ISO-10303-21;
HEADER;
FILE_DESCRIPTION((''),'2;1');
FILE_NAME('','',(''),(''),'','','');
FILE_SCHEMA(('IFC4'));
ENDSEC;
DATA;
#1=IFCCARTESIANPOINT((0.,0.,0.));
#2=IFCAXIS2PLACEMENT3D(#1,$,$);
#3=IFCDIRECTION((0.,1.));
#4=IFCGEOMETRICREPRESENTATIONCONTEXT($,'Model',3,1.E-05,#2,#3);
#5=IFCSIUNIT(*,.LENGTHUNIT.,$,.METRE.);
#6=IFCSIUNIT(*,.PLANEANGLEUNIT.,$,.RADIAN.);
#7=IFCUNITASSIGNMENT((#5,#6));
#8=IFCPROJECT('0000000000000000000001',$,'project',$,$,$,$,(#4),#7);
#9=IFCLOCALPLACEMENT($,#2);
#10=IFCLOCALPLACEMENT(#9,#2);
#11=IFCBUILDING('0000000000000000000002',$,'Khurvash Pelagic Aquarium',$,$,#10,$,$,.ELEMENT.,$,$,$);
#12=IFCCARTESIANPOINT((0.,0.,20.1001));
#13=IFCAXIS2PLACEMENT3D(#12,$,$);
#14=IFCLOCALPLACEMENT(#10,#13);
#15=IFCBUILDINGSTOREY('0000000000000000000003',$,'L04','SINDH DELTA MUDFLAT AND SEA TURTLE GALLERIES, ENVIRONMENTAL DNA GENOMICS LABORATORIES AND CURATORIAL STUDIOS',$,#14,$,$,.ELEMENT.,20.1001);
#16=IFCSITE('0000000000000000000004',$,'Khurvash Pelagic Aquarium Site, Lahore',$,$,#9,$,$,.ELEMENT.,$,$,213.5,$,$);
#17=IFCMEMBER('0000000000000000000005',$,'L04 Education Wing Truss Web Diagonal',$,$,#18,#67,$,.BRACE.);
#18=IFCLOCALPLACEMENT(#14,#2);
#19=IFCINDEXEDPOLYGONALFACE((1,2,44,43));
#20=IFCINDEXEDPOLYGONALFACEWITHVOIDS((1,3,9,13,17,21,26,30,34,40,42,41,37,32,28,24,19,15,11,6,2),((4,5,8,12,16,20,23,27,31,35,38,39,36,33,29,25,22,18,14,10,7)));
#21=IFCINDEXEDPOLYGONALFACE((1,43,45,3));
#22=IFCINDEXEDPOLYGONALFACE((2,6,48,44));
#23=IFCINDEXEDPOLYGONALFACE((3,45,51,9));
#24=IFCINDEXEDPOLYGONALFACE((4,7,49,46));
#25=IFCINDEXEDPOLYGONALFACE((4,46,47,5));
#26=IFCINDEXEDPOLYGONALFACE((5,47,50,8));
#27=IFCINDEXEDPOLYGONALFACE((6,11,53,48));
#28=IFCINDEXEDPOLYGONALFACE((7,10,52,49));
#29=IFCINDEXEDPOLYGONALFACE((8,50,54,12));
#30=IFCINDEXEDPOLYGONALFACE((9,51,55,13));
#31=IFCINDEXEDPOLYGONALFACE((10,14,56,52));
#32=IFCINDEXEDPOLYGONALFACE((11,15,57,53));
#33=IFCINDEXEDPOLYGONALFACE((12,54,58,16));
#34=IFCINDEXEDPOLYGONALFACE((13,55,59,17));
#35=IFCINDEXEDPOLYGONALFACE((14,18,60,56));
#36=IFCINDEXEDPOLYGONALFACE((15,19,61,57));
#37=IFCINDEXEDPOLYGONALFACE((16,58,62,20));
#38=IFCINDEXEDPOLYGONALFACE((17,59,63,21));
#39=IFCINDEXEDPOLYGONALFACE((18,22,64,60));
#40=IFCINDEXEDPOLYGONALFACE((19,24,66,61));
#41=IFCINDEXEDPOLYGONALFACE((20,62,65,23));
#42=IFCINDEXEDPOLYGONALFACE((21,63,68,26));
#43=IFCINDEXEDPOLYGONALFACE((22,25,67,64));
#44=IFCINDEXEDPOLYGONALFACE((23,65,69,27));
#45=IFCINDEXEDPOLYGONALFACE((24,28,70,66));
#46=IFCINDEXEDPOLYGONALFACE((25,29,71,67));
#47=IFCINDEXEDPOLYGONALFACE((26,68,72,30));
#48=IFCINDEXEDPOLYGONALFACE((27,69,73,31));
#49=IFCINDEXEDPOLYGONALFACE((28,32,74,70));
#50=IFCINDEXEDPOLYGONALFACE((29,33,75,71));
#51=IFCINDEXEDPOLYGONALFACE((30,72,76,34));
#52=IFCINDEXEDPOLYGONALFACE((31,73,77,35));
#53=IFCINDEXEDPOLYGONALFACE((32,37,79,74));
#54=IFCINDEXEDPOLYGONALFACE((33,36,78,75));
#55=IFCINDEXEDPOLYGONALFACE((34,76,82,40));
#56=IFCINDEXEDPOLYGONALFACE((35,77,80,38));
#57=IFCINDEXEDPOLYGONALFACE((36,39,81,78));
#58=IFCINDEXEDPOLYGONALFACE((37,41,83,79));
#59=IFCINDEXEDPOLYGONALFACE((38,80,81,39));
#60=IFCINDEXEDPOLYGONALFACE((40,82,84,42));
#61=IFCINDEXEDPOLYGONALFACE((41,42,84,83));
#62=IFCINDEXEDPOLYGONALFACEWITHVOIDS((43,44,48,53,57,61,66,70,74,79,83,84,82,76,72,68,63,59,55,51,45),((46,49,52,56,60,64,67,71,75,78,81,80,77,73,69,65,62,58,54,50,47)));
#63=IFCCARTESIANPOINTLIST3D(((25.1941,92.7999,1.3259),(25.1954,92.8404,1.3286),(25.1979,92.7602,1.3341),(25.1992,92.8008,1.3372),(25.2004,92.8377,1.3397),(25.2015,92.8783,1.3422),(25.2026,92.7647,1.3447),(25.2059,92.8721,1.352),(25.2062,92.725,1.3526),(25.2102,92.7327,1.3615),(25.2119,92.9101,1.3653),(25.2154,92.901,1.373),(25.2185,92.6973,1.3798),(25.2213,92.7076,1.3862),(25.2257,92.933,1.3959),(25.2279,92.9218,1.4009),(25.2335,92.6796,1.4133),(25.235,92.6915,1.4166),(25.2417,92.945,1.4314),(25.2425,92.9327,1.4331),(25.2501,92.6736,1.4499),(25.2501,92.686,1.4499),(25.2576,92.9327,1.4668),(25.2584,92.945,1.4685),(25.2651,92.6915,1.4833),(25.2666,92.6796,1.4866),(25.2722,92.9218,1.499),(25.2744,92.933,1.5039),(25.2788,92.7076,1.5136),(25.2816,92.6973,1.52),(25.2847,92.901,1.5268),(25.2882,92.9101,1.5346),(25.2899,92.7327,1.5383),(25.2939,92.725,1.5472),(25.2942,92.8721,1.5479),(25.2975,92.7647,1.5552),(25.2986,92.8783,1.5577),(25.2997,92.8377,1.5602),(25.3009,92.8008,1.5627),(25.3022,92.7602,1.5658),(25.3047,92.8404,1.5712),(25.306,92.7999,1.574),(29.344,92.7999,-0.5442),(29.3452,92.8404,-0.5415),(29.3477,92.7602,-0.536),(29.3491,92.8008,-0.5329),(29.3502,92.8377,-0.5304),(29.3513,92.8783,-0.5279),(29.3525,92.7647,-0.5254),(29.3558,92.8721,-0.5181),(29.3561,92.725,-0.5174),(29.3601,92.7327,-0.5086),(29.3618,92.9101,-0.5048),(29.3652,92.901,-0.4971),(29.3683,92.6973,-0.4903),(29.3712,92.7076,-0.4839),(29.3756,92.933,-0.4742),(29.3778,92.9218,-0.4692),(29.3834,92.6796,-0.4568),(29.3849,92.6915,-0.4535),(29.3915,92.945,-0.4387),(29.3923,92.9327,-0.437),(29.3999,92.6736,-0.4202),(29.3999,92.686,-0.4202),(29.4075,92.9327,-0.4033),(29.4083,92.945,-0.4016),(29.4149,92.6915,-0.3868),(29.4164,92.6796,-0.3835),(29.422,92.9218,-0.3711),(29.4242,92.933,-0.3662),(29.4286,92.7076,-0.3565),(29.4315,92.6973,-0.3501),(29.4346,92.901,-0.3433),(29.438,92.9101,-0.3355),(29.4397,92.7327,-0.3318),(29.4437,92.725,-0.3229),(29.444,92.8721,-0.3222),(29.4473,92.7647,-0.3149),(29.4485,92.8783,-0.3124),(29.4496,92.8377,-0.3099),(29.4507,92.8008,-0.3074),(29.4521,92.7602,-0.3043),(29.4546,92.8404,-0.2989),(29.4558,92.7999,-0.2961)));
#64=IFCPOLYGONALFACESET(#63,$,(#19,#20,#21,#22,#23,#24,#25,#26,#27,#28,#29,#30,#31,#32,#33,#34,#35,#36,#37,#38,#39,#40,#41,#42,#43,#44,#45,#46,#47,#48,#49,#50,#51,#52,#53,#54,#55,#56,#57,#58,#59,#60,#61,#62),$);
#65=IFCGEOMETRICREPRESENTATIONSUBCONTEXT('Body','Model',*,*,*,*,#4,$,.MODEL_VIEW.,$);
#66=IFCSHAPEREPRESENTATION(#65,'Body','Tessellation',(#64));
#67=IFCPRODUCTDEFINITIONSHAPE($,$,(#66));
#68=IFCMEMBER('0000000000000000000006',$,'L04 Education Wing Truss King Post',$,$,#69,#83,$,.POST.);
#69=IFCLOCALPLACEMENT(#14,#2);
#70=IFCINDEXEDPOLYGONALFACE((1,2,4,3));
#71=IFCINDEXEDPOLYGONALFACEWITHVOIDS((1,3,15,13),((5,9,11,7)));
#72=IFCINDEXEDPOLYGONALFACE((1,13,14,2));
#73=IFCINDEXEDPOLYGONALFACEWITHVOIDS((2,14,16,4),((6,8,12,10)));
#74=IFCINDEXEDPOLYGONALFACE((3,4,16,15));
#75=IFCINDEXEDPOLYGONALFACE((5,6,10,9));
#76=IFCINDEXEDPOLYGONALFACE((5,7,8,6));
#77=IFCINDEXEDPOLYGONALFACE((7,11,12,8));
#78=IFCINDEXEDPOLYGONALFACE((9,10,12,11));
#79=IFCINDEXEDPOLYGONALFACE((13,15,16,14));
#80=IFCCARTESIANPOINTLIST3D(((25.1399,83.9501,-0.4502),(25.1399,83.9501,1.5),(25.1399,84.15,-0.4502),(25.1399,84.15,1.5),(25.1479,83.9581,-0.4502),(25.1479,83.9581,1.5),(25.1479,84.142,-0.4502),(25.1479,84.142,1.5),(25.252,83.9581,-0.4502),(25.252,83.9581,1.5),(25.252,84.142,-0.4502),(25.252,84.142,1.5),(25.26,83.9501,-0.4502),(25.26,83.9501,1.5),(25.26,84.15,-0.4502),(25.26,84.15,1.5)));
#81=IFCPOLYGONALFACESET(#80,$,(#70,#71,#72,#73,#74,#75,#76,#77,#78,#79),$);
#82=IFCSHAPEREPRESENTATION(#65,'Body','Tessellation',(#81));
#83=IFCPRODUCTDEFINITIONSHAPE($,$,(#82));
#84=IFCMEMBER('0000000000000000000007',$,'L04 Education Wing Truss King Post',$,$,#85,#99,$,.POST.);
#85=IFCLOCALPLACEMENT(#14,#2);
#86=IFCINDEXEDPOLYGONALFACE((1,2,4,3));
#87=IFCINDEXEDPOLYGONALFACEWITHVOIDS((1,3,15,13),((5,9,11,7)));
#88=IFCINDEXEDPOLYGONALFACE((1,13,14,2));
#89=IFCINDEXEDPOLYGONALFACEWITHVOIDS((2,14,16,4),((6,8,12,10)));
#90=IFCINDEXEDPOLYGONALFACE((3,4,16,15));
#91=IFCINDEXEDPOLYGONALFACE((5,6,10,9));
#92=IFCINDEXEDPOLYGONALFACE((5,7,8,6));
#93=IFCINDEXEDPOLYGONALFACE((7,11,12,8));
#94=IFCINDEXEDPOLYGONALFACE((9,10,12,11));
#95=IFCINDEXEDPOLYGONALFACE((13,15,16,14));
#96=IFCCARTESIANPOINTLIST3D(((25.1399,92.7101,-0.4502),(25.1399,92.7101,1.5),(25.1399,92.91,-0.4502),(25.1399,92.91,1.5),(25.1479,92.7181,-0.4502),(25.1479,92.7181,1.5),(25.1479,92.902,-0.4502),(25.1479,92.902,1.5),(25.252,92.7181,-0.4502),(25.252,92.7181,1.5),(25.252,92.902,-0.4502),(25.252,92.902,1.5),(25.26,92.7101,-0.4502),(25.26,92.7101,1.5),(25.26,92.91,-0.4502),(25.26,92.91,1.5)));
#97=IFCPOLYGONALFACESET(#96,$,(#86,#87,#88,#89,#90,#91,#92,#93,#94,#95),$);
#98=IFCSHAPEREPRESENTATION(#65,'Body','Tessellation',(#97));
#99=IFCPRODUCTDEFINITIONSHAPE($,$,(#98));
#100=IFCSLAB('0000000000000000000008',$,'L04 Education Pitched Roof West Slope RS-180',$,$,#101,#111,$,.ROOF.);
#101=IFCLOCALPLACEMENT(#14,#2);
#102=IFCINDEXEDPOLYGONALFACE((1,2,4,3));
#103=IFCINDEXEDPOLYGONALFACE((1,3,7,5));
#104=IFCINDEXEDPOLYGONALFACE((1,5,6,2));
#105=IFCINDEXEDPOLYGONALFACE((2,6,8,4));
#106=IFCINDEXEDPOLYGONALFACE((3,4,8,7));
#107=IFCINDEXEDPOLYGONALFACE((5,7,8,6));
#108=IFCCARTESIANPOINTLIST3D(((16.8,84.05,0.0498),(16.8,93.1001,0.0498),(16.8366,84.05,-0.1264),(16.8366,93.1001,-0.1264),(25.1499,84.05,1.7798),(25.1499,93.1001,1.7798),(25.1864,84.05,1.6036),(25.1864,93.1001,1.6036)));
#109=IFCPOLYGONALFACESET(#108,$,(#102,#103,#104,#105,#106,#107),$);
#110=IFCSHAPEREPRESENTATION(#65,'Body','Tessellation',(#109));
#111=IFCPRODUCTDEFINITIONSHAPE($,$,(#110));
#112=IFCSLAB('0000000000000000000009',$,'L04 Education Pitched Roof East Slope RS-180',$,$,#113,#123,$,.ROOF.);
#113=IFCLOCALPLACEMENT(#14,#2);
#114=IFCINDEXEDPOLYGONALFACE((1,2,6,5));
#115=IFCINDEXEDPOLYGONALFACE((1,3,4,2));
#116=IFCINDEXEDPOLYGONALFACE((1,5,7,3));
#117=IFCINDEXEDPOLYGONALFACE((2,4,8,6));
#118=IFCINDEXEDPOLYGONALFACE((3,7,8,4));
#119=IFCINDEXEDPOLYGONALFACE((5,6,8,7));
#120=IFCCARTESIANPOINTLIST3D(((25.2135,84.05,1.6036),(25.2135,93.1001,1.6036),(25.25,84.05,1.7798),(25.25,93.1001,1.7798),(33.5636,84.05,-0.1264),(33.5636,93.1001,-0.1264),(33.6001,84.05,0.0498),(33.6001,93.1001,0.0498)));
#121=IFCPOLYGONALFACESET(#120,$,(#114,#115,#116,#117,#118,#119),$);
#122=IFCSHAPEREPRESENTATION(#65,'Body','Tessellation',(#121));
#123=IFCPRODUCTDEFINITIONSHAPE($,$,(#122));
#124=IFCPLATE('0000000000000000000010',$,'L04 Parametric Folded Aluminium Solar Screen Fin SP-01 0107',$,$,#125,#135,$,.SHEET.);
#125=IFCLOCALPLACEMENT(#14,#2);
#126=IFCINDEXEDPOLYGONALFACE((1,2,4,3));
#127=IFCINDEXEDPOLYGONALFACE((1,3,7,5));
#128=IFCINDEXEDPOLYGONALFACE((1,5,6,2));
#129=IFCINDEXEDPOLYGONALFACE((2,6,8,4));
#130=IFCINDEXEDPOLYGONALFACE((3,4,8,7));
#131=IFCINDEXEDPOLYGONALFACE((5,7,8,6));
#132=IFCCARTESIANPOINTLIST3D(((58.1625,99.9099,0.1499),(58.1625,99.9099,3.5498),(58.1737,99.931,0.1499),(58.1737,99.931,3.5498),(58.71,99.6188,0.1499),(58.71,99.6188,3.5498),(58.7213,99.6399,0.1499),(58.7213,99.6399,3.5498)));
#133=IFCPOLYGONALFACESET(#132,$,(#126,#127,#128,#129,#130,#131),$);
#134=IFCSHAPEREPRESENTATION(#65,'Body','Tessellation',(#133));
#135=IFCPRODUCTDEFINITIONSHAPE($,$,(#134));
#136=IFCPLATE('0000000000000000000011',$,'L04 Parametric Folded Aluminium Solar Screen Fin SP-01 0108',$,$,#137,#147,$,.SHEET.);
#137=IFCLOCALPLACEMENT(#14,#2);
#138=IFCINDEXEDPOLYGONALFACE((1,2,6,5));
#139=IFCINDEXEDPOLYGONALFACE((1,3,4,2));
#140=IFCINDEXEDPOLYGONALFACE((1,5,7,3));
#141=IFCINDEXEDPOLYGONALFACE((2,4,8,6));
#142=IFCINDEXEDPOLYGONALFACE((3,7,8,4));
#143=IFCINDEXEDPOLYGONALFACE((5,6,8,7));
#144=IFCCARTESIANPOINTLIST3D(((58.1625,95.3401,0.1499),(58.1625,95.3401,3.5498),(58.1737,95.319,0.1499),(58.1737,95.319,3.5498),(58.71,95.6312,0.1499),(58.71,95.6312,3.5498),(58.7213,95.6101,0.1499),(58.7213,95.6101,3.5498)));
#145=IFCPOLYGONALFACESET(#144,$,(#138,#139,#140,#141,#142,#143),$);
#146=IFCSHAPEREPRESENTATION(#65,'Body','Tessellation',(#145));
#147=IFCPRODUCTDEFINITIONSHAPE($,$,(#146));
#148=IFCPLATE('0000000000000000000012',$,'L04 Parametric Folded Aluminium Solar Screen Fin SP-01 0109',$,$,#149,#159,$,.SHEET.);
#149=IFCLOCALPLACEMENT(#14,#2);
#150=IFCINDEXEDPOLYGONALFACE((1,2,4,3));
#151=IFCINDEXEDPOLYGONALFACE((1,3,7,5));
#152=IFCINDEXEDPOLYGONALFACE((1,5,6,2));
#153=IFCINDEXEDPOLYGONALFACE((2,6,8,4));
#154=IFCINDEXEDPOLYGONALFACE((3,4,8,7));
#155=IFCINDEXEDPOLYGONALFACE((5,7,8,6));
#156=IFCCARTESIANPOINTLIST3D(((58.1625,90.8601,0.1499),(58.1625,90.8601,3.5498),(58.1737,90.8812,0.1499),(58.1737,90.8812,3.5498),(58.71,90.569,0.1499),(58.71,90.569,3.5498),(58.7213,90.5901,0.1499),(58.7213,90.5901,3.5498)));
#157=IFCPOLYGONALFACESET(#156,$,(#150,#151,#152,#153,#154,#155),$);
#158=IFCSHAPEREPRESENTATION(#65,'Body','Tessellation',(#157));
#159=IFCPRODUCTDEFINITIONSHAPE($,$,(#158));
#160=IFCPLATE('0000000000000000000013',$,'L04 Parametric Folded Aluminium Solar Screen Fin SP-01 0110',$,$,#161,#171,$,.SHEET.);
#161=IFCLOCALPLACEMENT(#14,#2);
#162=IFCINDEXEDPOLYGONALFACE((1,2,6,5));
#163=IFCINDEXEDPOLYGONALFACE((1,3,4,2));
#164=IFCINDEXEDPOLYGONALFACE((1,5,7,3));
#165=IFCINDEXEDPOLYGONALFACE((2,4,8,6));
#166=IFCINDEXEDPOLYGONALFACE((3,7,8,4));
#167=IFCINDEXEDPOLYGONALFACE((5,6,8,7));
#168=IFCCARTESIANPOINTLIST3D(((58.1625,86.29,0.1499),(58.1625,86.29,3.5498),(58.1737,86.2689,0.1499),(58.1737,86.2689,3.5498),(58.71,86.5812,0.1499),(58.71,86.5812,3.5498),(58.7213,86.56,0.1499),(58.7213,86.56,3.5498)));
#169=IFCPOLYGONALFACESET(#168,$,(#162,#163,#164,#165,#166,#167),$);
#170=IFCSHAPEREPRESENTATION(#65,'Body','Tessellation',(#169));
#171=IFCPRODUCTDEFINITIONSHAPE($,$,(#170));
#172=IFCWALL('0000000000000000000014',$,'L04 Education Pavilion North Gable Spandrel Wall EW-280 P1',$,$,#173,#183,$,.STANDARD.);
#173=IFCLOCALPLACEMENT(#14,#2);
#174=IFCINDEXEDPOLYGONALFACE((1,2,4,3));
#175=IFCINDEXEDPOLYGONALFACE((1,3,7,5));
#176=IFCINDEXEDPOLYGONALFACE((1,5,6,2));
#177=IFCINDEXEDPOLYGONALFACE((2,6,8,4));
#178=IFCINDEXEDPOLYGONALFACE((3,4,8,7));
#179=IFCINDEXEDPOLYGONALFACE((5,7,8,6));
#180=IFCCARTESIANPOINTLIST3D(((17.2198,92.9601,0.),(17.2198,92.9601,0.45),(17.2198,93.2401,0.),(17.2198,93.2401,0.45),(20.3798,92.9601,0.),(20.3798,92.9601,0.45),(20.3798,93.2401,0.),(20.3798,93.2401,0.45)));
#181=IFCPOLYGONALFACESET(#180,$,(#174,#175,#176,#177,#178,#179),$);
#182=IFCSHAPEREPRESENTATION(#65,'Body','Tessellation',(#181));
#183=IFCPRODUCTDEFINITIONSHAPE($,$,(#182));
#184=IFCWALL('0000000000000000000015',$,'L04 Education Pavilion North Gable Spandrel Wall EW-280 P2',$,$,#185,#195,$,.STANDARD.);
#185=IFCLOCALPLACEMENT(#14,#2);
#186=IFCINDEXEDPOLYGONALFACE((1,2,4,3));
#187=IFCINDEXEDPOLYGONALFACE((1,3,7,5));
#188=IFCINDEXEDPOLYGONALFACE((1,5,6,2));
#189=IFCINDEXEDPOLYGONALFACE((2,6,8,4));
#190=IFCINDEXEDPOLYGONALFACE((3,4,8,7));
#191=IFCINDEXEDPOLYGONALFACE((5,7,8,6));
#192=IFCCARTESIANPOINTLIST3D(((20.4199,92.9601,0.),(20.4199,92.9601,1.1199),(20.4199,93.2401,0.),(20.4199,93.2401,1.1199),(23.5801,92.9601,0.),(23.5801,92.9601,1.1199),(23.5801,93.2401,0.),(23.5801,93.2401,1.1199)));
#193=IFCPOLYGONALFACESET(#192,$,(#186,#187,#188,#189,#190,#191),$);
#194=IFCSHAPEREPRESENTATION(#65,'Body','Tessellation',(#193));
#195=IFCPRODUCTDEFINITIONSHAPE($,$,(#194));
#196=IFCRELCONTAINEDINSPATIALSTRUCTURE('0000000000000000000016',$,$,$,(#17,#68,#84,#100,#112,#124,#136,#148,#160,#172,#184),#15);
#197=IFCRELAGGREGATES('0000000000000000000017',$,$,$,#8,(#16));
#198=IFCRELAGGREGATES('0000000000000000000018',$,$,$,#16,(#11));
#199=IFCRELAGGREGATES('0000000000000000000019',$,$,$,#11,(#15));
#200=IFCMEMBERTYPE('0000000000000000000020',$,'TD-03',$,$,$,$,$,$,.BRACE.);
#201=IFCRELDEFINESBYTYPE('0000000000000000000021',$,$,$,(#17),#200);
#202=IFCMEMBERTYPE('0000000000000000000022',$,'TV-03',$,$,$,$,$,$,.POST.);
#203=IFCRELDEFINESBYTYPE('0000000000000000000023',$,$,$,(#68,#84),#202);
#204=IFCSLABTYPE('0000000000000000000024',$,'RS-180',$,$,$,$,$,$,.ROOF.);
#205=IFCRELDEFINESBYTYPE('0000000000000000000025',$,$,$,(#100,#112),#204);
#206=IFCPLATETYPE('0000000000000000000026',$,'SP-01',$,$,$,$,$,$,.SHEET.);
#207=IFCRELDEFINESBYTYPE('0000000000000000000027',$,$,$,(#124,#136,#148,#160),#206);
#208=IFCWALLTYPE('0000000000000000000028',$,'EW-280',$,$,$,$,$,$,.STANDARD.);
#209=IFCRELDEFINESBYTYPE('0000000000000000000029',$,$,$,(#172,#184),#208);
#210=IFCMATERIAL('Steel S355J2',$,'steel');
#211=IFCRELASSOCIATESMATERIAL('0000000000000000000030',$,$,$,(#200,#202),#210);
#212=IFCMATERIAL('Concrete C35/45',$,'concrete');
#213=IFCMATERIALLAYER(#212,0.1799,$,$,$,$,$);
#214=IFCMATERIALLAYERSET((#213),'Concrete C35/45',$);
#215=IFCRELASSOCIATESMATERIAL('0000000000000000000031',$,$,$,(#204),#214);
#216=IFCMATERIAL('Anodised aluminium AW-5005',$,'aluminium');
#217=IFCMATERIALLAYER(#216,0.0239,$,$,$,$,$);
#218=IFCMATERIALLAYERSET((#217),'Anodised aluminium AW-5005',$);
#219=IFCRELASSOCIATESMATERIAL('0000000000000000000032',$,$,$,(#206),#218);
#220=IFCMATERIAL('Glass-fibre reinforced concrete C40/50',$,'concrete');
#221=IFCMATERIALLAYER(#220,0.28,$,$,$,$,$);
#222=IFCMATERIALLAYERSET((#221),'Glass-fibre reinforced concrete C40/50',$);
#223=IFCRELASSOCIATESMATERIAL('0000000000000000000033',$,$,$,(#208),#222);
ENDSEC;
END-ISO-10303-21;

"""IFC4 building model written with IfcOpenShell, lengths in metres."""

from ifc_helpers import new_model, si_unit, direction, frame, frame_2d, origin, origin_2d, place, context, subcontext, project, spatial, polyline, rectangle, hollow_rectangle, hollow_circle, outline, extrude, material, layer, layer_set, material_profile, profile_set, type_object, element, save


model = new_model("IFC4")

# Units and contexts
model_context = context("Model", 3, precision=1e-05, world=origin(), true_north=direction((0.0, 1.0)))
body_context = subcontext(model_context, "Body", "Model", "MODEL_VIEW")
ifc_project = project(units=[si_unit("LENGTHUNIT", "METRE"), si_unit("PLANEANGLEUNIT", "RADIAN")], contexts=[model_context])

# Site, building, storey
site_placement = place(None, origin())
site = spatial("IfcSite", under=ifc_project, at=site_placement, Name="Khurvash Pelagic Aquarium Site, Lahore", CompositionType="ELEMENT", RefElevation=213.5)
building_placement = place(site_placement, origin())
building = spatial("IfcBuilding", under=site, at=building_placement, Name="Khurvash Pelagic Aquarium", CompositionType="ELEMENT")
storey_placement = place(building_placement, frame((0.0, 0.0, 20.1001)))
storey = spatial("IfcBuildingStorey", under=building, at=storey_placement, Name="L04", Description="SINDH DELTA MUDFLAT AND SEA TURTLE GALLERIES, ENVIRONMENTAL DNA GENOMICS LABORATORIES AND CURATORIAL STUDIOS", CompositionType="ELEMENT", Elevation=20.1001)

# Members
ifc_material_1 = material(Name="Steel S355J2", Category="steel")
ifc_material_profile_1 = material_profile(ifc_material_1, hollow_circle(Radius=0.1365, WallThickness=0.0125, at=origin_2d()), Name="CHS273X12")
ifc_profile_set_1 = profile_set([ifc_material_profile_1], Name="Steel S355J2")
member_type_1 = type_object("IfcMemberType", Name="TD-03", PredefinedType="BRACE", material=ifc_profile_set_1)
for number, where, z_axis, x_axis, name in (
    (1, (29.3999, 92.8101, -0.4202), (-0.911703, 0.0, 0.410851), (0.0, -1.0, 0.0), "L04 Education Wing Truss Web Diagonal"),
):
    element("IfcMember", number, at=place(storey_placement, frame(where, z_axis=z_axis, x_axis=x_axis)), inside=storey, type_object=member_type_1, Name=name, PredefinedType="BRACE", context=body_context, shape_type="SweptSolid", body=[
        extrude(hollow_circle(Radius=0.1365, WallThickness=0.0125, at=origin_2d()), origin(), (0.0, 0.0, 1.0), 4.5518),
    ])
ifc_material_profile_2 = material_profile(ifc_material_1, hollow_rectangle(XDim=0.1201, YDim=0.2, WallThickness=0.0081, at=origin_2d()), Name="RHS200X120X8")
ifc_profile_set_2 = profile_set([ifc_material_profile_2], Name="Steel S355J2")
member_type_2 = type_object("IfcMemberType", Name="TV-03", PredefinedType="POST", material=ifc_profile_set_2)
for number, where, z_axis, x_axis, name in (
    (2, (25.2, 84.05, -0.4502), (0.0, 0.0, 1.0), (1.0, 0.0, 0.0), "L04 Education Wing Truss King Post"),
    (3, (25.2, 92.8101, -0.4502), (0.0, 0.0, 1.0), (1.0, 0.0, 0.0), "L04 Education Wing Truss King Post"),
):
    element("IfcMember", number, at=place(storey_placement, frame(where, z_axis=z_axis, x_axis=x_axis)), inside=storey, type_object=member_type_2, Name=name, PredefinedType="POST", context=body_context, shape_type="SweptSolid", body=[
        extrude(hollow_rectangle(XDim=0.1201, YDim=0.2, WallThickness=0.0081, at=origin_2d()), origin(), (0.0, 0.0, 1.0), 1.9502),
    ])

# Slabs
ifc_material_2 = material(Name="Concrete C35/45", Category="concrete")
ifc_layer_1 = layer(ifc_material_2, 0.1799)
ifc_layer_set_1 = layer_set([ifc_layer_1], Name="Concrete C35/45")
slab_type = type_object("IfcSlabType", Name="RS-180", PredefinedType="ROOF", material=ifc_layer_set_1)
slab_1_placement = place(storey_placement, frame((16.8, 84.05, 0.0498), z_axis=(-0.202878, 0.0, 0.979204), x_axis=(0.979204, 0.0, 0.202878)))
element("IfcSlab", 4, at=slab_1_placement, inside=storey, type_object=slab_type, Name="L04 Education Pitched Roof West Slope RS-180", PredefinedType="ROOF", context=body_context, shape_type="SweptSolid", body=[
    extrude(outline(polyline([(0.0, 0.0), (8.5272, 0.0), (8.5272, 9.05), (0.0, 9.05), (0.0, 0.0)])), origin(), (0.0, 0.0, -1.0), 0.1799),
])
slab_2_placement = place(storey_placement, frame((25.25, 84.05, 1.7798), z_axis=(0.202873, 0.0, 0.979205), x_axis=(0.979205, 0.0, -0.202873)))
element("IfcSlab", 5, at=slab_2_placement, inside=storey, type_object=slab_type, Name="L04 Education Pitched Roof East Slope RS-180", PredefinedType="ROOF", context=body_context, shape_type="SweptSolid", body=[
    extrude(outline(polyline([(0.0, 0.0), (8.5274, 0.0), (8.5274, 9.05), (0.0, 9.05), (0.0, 0.0)])), origin(), (0.0, 0.0, -1.0), 0.1799),
])

# Plates
ifc_material_3 = material(Name="Anodised aluminium AW-5005", Category="aluminium")
ifc_layer_2 = layer(ifc_material_3, 0.0239)
ifc_layer_set_2 = layer_set([ifc_layer_2], Name="Anodised aluminium AW-5005")
plate_type = type_object("IfcPlateType", Name="SP-01", PredefinedType="SHEET", material=ifc_layer_set_2)
for number, where, z_axis, x_axis, name in (
    (6, (58.4419, 99.7749, 0.1499), (0.0, 0.0, 1.0), (-0.882948, 0.469472, 0.0), "L04 Parametric Folded Aluminium Solar Screen Fin SP-01 0107"),
    (7, (58.4419, 95.4751, 0.1499), (0.0, 0.0, 1.0), (-0.882948, -0.469472, 0.0), "L04 Parametric Folded Aluminium Solar Screen Fin SP-01 0108"),
    (8, (58.4419, 90.7251, 0.1499), (0.0, 0.0, 1.0), (-0.882948, 0.469472, 0.0), "L04 Parametric Folded Aluminium Solar Screen Fin SP-01 0109"),
    (9, (58.4419, 86.425, 0.1499), (0.0, 0.0, 1.0), (-0.882948, -0.469472, 0.0), "L04 Parametric Folded Aluminium Solar Screen Fin SP-01 0110"),
):
    element("IfcPlate", number, at=place(storey_placement, frame(where, z_axis=z_axis, x_axis=x_axis)), inside=storey, type_object=plate_type, Name=name, PredefinedType="SHEET", context=body_context, shape_type="SweptSolid", body=[
        extrude(rectangle(XDim=0.6201, YDim=0.0239, at=origin_2d()), origin(), (0.0, 0.0, 1.0), 3.3999),
    ])

# Walls
ifc_material_4 = material(Name="Glass-fibre reinforced concrete C40/50", Category="concrete")
ifc_layer_3 = layer(ifc_material_4, 0.28)
ifc_layer_set_3 = layer_set([ifc_layer_3], Name="Glass-fibre reinforced concrete C40/50")
wall_type_1 = type_object("IfcWallType", Name="EW-280", PredefinedType="STANDARD", material=ifc_layer_set_3)
wall_1_placement = place(storey_placement, frame((20.3799, 93.1001, 0.0), z_axis=(0.0, 0.0, 1.0), x_axis=(-1.0, 0.0, 0.0)))
element("IfcWall", 10, at=wall_1_placement, inside=storey, type_object=wall_type_1, Name="L04 Education Pavilion North Gable Spandrel Wall EW-280 P1", PredefinedType="STANDARD", context=body_context, shape_type="SweptSolid", body=[
    extrude(rectangle(XDim=3.1599, YDim=0.28, at=frame_2d((1.5801, 0.0))), origin(), (0.0, 0.0, 1.0), 0.45),
])
wall_2_placement = place(storey_placement, frame((23.5801, 93.1001, 0.0), z_axis=(0.0, 0.0, 1.0), x_axis=(-1.0, 0.0, 0.0)))
element("IfcWall", 11, at=wall_2_placement, inside=storey, type_object=wall_type_1, Name="L04 Education Pavilion North Gable Spandrel Wall EW-280 P2", PredefinedType="STANDARD", context=body_context, shape_type="SweptSolid", body=[
    extrude(rectangle(XDim=3.1602, YDim=0.28, at=frame_2d((1.5801, 0.0))), origin(), (0.0, 0.0, 1.0), 1.1199),
])

save(model, "model.ifc")
